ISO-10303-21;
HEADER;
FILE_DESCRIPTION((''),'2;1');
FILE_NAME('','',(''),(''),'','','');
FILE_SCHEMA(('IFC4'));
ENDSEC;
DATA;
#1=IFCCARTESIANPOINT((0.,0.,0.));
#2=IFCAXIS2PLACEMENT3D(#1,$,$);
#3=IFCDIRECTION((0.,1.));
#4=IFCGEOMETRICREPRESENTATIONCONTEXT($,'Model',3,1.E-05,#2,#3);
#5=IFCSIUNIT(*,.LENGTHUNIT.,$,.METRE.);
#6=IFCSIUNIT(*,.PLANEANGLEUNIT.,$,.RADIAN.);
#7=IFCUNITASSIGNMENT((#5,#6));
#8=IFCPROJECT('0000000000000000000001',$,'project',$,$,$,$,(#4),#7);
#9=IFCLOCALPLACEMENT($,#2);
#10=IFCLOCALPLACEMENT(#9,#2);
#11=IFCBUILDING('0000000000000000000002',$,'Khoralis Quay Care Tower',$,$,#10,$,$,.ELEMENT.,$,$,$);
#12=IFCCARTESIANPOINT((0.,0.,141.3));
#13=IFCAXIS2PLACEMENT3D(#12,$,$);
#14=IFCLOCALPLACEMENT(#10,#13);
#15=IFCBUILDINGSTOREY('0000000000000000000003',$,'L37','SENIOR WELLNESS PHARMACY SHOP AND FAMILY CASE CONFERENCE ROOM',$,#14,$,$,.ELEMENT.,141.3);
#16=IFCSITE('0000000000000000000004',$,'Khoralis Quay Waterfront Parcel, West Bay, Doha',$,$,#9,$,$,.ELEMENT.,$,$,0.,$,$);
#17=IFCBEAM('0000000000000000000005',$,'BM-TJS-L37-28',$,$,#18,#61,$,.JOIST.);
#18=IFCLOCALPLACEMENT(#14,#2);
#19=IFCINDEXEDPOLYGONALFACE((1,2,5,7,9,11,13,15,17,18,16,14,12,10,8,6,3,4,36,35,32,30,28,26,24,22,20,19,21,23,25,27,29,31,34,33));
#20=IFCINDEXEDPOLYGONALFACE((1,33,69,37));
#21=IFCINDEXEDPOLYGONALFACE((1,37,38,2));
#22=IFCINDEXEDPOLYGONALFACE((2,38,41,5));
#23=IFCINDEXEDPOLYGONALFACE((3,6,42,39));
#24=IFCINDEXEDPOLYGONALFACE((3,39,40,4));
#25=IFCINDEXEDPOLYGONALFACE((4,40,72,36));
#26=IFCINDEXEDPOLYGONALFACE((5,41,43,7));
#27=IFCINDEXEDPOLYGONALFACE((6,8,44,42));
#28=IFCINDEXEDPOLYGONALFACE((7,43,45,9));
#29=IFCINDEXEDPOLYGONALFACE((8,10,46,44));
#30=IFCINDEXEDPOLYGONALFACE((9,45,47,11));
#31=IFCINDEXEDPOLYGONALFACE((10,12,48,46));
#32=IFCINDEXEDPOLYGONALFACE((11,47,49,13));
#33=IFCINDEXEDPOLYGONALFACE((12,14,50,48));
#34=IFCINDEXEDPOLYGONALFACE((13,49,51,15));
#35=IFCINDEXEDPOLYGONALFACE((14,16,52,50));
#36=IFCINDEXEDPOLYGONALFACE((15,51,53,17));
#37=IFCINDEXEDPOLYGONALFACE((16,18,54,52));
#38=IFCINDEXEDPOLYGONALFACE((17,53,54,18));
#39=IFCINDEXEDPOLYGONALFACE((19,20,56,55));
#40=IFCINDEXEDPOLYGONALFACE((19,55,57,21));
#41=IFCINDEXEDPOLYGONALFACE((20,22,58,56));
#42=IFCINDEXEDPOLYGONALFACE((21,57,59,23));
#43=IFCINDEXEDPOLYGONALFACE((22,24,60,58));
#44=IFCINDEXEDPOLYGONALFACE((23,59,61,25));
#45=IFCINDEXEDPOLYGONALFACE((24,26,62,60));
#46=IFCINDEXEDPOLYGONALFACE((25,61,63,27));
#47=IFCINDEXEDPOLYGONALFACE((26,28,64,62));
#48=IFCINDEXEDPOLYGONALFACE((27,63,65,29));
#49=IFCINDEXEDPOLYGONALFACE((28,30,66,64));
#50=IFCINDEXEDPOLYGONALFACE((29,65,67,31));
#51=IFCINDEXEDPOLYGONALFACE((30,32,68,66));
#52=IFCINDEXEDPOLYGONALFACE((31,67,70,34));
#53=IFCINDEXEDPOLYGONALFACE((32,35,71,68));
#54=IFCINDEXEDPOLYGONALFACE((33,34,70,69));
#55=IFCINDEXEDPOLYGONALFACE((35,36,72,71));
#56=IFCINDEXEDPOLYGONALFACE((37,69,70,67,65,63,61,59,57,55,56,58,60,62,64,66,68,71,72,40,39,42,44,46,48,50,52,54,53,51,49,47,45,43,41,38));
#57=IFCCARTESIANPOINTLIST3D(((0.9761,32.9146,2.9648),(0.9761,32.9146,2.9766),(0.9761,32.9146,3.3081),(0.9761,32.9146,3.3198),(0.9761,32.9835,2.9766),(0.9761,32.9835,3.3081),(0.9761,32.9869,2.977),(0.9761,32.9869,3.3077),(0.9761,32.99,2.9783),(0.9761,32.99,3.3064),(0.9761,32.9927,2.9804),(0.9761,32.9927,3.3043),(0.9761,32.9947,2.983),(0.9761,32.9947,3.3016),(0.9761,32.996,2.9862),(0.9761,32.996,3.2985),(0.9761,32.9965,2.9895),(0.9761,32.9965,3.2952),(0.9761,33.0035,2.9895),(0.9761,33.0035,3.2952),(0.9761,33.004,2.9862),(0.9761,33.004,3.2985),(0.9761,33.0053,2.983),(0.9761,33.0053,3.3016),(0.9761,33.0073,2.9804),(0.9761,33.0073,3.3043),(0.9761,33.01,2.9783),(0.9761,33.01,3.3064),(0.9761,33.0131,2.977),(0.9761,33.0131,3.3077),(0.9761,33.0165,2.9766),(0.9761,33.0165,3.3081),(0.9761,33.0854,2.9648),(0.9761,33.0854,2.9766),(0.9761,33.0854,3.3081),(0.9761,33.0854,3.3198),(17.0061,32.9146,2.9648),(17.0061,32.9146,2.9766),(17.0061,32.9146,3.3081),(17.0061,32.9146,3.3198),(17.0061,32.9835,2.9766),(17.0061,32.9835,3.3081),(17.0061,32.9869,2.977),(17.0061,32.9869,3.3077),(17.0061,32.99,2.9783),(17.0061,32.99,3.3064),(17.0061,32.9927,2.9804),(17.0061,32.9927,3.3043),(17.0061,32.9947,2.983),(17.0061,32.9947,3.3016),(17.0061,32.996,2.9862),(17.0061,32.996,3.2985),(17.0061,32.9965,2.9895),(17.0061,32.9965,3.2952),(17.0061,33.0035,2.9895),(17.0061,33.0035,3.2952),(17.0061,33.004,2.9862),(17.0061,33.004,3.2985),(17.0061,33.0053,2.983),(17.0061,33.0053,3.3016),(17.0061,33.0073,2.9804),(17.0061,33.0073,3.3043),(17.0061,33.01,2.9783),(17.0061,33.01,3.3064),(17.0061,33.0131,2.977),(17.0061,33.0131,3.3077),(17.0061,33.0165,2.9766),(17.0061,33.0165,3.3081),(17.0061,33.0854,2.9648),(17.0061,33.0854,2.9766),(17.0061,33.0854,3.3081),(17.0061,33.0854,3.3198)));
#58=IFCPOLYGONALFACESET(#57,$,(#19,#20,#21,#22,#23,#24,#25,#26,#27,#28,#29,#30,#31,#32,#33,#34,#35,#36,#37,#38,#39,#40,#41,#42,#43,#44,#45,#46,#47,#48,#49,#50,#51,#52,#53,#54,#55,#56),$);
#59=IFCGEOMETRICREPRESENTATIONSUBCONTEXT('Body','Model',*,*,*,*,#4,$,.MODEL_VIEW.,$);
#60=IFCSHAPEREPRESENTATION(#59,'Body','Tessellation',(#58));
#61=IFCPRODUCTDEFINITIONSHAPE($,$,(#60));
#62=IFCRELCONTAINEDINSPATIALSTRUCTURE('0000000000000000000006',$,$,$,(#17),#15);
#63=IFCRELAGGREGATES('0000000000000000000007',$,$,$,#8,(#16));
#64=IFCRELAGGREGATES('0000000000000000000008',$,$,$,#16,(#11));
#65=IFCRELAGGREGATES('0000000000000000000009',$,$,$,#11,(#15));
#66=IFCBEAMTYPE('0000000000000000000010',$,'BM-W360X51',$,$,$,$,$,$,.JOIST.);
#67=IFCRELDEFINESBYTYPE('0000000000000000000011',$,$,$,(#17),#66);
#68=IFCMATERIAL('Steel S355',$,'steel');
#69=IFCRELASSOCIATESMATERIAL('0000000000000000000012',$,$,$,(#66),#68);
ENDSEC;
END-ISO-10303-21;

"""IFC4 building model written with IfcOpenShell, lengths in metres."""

from ifc_helpers import new_model, si_unit, direction, frame, origin, origin_2d, place, context, subcontext, project, spatial, i_section, extrude, source, transform, mapped, material, material_profile, profile_set, type_object, element, save


model = new_model("IFC4")

# Units and contexts
model_context = context("Model", 3, precision=1e-05, world=origin(), true_north=direction((0.0, 1.0)))
body_context = subcontext(model_context, "Body", "Model", "MODEL_VIEW")
ifc_project = project(units=[si_unit("LENGTHUNIT", "METRE"), si_unit("PLANEANGLEUNIT", "RADIAN")], contexts=[model_context])

# Site, building, storey
site_placement = place(None, origin())
site = spatial("IfcSite", under=ifc_project, at=site_placement, Name="Khoralis Quay Waterfront Parcel, West Bay, Doha", CompositionType="ELEMENT", RefElevation=0.0)
building_placement = place(site_placement, origin())
building = spatial("IfcBuilding", under=site, at=building_placement, Name="Khoralis Quay Care Tower", CompositionType="ELEMENT")
storey_placement = place(building_placement, frame((0.0, 0.0, 141.3)))
storey = spatial("IfcBuildingStorey", under=building, at=storey_placement, Name="L37", Description="SENIOR WELLNESS PHARMACY SHOP AND FAMILY CASE CONFERENCE ROOM", CompositionType="ELEMENT", Elevation=141.3)

# Beam
ifc_material_1 = material(Name="Steel S355", Category="steel")
ifc_material_profile_1 = material_profile(ifc_material_1, i_section(OverallWidth=0.1709, OverallDepth=0.355, WebThickness=0.0071, FlangeThickness=0.0117, FilletRadius=0.0129, at=origin_2d()), Name="Steel S355")
ifc_profile_set_1 = profile_set([ifc_material_profile_1], Name="Steel S355")
beam_type_1 = type_object("IfcBeamType", Name="BM-W360X51", PredefinedType="JOIST", material=ifc_profile_set_1)
shared_shape_1 = source(origin(), body_context, "Body", "SweptSolid", [
    extrude(i_section(OverallWidth=0.1709, OverallDepth=0.355, WebThickness=0.0071, FlangeThickness=0.0117, FilletRadius=0.0129, at=origin_2d()), origin(), (0.0, 0.0, 1.0), 16.03),
])
beam_1_placement = place(storey_placement, frame((0.9761, 33.0, 3.1423), z_axis=(1.0, 0.0, 0.0), x_axis=(0.0, 1.0, 0.0)))
element("IfcBeam", 1, at=beam_1_placement, inside=storey, type_object=beam_type_1, Name="BM-TJS-L37-28", PredefinedType="JOIST", context=body_context, shape_type="MappedRepresentation", body=[
    mapped(shared_shape_1, transform((0.0, 0.0, 0.0), scale=1.0)),
])

save(model, "model.ifc")
